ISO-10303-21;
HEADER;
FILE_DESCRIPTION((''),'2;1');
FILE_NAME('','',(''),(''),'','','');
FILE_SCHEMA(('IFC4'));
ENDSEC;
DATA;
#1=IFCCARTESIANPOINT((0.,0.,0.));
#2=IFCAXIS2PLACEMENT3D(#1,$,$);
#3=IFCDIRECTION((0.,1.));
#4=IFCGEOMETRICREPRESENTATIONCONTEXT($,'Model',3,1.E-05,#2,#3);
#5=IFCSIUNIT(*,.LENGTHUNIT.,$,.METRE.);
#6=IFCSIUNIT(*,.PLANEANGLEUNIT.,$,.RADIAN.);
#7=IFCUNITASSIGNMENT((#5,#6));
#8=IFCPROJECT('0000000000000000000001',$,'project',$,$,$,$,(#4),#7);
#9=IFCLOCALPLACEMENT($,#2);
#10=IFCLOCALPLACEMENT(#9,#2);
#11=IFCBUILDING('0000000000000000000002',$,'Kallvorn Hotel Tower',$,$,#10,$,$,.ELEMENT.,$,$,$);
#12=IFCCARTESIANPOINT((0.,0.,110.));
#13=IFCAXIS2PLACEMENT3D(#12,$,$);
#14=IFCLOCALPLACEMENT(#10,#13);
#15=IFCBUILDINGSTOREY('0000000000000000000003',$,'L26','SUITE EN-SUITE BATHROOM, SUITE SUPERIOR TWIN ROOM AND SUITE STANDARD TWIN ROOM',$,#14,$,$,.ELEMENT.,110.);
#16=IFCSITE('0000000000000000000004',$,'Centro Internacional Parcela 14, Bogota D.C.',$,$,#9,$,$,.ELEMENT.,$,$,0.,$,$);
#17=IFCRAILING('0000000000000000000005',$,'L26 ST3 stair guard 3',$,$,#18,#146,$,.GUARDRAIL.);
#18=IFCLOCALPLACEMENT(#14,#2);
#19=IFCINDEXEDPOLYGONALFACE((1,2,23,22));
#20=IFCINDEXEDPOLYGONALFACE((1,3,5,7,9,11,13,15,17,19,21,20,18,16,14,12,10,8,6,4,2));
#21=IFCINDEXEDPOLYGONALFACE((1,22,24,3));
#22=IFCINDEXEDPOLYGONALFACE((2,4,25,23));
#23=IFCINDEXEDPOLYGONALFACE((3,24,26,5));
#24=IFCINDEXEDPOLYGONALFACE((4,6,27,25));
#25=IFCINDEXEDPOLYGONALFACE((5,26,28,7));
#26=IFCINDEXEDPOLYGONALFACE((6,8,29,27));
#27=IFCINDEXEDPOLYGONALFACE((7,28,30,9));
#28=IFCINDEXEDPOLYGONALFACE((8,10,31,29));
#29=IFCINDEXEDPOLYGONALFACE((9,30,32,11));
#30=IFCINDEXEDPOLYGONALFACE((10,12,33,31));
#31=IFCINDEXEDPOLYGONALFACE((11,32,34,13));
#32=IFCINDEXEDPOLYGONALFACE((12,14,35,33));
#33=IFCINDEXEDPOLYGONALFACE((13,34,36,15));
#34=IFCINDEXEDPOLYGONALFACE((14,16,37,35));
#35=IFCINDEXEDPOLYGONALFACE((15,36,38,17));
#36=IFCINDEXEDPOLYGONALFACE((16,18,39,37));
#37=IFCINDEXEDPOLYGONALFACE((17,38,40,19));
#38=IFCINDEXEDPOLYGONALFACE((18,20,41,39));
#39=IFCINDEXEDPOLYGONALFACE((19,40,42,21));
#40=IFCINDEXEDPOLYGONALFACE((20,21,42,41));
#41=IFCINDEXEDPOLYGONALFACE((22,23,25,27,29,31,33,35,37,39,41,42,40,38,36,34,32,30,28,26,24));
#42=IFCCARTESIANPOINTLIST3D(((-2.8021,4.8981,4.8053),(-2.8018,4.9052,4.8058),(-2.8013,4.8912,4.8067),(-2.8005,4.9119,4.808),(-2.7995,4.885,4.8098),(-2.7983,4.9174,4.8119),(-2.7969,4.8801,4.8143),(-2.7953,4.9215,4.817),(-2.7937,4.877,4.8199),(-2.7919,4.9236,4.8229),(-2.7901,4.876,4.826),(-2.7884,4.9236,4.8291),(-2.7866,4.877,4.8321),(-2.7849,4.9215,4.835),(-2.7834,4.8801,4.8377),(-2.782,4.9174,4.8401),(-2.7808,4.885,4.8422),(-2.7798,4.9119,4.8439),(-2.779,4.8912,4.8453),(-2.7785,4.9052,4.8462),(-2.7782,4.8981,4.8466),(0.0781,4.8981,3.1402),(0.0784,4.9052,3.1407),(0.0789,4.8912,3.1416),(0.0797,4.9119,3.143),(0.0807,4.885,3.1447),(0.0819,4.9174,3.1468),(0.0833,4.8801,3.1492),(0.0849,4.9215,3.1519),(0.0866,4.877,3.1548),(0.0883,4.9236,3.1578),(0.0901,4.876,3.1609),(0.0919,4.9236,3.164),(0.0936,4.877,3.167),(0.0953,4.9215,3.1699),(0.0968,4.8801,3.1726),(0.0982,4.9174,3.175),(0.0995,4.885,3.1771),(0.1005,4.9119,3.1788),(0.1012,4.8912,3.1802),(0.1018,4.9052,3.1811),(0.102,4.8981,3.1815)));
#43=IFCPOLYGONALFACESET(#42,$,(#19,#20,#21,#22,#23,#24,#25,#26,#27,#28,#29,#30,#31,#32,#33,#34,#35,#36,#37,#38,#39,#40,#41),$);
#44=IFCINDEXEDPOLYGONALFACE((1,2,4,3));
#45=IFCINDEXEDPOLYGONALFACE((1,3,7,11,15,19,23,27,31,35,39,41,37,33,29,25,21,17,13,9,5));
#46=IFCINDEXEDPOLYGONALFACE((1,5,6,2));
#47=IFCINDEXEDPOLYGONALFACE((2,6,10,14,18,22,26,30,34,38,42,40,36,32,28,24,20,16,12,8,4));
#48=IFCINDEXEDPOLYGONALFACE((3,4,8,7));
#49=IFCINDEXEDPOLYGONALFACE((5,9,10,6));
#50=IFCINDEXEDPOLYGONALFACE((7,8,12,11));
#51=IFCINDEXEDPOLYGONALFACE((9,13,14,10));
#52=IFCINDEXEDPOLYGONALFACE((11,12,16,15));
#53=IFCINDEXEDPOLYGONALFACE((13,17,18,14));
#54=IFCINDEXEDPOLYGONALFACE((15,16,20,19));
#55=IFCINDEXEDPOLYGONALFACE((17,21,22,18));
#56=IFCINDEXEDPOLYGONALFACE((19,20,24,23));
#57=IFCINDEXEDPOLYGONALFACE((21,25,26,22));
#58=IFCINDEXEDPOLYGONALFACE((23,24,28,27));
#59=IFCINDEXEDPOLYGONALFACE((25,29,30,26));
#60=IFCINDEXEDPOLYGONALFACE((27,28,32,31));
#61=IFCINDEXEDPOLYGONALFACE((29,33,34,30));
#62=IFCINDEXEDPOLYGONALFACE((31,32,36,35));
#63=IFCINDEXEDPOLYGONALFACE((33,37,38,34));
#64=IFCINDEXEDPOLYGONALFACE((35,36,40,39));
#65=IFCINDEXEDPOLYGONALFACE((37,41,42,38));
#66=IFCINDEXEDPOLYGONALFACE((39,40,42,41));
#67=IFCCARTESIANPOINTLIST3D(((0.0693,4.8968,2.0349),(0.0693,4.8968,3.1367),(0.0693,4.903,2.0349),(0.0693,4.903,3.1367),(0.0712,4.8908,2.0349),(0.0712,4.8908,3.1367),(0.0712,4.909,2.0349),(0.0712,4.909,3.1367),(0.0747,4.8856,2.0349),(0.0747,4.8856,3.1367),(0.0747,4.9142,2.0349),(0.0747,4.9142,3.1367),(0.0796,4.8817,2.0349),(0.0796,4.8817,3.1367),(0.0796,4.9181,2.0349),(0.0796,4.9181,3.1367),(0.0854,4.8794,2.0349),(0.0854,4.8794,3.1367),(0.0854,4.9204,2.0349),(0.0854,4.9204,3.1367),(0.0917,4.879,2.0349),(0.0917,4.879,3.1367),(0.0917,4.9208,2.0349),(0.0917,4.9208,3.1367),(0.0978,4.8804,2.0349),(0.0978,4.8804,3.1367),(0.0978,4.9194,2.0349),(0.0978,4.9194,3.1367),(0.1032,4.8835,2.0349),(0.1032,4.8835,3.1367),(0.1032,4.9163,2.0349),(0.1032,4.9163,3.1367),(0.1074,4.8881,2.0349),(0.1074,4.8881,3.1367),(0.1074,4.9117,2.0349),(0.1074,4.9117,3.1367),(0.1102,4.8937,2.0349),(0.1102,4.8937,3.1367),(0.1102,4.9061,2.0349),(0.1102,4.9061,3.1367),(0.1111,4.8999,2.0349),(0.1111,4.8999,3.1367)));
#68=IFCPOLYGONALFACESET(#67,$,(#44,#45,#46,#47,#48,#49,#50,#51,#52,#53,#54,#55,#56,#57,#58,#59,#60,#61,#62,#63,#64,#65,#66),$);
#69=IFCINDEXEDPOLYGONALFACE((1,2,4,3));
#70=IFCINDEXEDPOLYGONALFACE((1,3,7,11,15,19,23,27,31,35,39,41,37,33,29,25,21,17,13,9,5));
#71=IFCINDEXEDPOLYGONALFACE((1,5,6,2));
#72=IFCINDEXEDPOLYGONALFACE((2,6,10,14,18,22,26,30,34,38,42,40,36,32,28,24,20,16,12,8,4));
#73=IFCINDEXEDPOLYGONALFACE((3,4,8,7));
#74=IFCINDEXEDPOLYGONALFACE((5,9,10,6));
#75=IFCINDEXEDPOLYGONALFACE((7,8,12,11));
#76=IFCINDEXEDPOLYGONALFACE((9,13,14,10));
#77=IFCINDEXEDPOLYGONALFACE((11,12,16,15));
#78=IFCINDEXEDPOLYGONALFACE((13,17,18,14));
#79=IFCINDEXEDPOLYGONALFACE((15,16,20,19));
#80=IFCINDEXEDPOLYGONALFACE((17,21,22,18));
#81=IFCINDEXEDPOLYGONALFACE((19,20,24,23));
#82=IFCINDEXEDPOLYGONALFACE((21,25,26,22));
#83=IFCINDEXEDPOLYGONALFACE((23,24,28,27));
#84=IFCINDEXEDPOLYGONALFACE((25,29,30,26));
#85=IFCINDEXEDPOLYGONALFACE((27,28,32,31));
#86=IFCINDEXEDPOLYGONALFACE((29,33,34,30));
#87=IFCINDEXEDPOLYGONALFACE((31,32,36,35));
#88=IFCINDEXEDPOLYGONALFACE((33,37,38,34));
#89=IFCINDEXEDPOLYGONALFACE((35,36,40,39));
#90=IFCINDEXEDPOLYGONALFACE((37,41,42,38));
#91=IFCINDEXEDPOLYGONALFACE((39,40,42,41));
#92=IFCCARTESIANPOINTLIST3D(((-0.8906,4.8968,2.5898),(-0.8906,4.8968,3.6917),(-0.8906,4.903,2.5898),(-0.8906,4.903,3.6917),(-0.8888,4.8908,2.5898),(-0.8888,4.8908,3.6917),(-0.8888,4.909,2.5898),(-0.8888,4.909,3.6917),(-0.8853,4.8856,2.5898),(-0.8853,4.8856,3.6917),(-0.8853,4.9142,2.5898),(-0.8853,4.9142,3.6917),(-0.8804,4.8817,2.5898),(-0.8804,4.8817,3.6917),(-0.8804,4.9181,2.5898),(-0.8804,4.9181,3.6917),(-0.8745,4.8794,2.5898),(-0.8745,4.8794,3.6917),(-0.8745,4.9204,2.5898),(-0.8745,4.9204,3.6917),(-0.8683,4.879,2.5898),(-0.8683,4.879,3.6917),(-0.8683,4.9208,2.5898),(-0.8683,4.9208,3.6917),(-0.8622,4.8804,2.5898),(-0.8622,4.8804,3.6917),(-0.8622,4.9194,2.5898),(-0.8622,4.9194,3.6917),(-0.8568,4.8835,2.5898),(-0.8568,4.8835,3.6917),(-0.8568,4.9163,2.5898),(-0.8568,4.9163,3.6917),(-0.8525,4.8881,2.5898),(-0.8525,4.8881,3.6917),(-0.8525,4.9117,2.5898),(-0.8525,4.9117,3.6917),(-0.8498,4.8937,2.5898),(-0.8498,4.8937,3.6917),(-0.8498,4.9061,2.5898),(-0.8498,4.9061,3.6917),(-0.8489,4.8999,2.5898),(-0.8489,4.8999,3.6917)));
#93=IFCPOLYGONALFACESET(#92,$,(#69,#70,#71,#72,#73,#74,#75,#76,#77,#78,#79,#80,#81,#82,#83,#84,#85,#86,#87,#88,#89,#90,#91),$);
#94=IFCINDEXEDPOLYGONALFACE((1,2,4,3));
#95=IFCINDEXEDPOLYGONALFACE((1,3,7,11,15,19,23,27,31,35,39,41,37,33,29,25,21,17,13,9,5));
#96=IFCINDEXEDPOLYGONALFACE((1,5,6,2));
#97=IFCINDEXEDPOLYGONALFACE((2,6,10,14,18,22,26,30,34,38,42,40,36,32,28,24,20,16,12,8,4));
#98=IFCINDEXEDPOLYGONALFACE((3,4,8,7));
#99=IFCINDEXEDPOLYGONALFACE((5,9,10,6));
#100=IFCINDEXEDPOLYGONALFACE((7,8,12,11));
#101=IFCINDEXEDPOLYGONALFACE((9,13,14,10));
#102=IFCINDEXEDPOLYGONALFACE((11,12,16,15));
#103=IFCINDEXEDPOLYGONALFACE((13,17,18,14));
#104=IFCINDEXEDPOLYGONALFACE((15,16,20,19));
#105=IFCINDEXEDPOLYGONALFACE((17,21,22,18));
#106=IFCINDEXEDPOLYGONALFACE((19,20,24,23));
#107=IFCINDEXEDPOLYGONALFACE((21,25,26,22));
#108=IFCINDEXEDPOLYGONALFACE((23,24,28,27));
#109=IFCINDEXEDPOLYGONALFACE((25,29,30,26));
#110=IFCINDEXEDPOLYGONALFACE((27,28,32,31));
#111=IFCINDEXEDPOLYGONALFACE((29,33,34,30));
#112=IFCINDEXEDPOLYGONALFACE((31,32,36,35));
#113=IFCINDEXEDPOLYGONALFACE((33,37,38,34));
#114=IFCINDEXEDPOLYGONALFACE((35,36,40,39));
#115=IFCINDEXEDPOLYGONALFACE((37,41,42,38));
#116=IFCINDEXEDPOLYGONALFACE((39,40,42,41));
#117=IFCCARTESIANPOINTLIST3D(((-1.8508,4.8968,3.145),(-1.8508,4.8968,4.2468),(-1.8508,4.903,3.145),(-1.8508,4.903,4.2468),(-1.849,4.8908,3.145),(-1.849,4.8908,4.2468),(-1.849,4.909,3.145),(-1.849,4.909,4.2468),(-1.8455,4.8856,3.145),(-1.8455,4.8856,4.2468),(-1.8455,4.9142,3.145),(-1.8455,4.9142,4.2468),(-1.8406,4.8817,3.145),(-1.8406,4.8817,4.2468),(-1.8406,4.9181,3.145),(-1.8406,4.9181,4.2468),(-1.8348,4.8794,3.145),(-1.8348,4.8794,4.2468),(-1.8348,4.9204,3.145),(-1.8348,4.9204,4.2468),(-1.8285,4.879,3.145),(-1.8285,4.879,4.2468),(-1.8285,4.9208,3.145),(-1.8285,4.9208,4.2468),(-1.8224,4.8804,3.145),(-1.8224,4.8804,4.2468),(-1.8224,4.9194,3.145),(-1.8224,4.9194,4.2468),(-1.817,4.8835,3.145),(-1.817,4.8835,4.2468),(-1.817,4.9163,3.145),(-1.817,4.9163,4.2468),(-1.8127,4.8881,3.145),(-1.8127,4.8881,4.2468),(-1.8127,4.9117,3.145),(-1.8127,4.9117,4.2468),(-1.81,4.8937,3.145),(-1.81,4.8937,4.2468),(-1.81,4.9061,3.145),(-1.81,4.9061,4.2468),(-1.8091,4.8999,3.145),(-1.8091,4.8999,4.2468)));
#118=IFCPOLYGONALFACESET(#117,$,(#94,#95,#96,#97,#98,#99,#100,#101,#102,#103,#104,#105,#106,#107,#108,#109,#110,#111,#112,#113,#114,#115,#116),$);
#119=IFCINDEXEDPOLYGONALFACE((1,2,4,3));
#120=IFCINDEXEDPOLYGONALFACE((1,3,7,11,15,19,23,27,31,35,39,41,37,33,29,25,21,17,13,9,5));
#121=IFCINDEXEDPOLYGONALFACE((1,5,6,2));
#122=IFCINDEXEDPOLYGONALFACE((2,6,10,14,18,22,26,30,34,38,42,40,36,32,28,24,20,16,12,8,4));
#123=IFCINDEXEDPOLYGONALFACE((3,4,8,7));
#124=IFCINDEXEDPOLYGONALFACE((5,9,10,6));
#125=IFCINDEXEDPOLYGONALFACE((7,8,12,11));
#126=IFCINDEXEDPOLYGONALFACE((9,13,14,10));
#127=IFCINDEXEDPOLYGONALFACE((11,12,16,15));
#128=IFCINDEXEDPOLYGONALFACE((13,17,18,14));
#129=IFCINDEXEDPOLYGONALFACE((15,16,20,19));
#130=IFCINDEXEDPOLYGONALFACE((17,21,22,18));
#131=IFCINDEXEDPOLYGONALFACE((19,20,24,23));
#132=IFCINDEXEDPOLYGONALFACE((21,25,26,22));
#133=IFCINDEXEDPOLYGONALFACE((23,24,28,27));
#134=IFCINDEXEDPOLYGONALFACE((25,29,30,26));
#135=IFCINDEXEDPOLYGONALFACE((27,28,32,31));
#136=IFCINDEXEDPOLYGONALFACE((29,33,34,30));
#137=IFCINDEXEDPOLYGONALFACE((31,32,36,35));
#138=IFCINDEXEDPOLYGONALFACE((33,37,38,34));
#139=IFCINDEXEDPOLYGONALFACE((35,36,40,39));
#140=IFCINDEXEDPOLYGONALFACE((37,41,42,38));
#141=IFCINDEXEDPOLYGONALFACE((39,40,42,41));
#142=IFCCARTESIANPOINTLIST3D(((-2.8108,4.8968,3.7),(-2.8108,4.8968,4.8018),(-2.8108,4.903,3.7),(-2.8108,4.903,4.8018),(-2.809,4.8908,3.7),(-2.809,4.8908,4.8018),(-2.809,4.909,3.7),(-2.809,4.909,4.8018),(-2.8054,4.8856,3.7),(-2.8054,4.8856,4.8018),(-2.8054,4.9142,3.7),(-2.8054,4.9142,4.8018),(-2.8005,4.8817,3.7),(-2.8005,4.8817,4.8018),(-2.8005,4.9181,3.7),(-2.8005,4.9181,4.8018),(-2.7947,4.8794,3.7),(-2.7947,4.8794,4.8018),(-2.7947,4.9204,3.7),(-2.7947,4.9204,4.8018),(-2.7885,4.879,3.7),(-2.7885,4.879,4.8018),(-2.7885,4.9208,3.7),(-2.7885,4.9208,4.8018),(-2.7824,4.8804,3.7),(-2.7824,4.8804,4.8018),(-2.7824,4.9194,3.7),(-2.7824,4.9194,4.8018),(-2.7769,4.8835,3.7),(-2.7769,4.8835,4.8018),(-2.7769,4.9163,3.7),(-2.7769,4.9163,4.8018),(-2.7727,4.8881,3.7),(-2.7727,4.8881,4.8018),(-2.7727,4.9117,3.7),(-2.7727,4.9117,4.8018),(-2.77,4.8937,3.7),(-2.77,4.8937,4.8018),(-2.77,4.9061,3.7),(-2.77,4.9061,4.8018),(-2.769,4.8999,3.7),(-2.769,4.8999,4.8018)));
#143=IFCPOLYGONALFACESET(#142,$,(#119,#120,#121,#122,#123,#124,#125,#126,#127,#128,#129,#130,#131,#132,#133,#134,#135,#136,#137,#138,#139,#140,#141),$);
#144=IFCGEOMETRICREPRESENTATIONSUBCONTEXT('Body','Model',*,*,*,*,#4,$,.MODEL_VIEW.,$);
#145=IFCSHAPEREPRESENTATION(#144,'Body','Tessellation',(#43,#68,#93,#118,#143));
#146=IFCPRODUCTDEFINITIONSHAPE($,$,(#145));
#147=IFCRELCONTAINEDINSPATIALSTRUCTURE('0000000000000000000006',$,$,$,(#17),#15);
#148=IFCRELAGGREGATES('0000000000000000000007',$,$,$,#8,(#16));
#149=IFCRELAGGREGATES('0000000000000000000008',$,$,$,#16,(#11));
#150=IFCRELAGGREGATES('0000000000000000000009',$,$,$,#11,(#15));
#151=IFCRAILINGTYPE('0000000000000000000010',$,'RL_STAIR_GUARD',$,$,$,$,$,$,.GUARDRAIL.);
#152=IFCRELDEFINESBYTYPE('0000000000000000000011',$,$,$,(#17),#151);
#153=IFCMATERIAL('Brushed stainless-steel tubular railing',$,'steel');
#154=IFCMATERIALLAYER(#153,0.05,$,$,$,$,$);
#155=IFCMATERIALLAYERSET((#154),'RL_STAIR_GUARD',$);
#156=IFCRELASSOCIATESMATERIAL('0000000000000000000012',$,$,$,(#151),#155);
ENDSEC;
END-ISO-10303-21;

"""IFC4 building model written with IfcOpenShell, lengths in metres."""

from ifc_helpers import new_model, si_unit, direction, frame, origin, origin_2d, place, context, subcontext, project, spatial, circle, extrude, material, layer, layer_set, type_object, element, save


model = new_model("IFC4")

# Units and contexts
model_context = context("Model", 3, precision=1e-05, world=origin(), true_north=direction((0.0, 1.0)))
body_context = subcontext(model_context, "Body", "Model", "MODEL_VIEW")
ifc_project = project(units=[si_unit("LENGTHUNIT", "METRE"), si_unit("PLANEANGLEUNIT", "RADIAN")], contexts=[model_context])

# Site, building, storey
site_placement = place(None, origin())
site = spatial("IfcSite", under=ifc_project, at=site_placement, Name="Centro Internacional Parcela 14, Bogota D.C.", CompositionType="ELEMENT", RefElevation=0.0)
building_placement = place(site_placement, origin())
building = spatial("IfcBuilding", under=site, at=building_placement, Name="Kallvorn Hotel Tower", CompositionType="ELEMENT")
storey_placement = place(building_placement, frame((0.0, 0.0, 110.0)))
storey = spatial("IfcBuildingStorey", under=building, at=storey_placement, Name="L26", Description="SUITE EN-SUITE BATHROOM, SUITE SUPERIOR TWIN ROOM AND SUITE STANDARD TWIN ROOM", CompositionType="ELEMENT", Elevation=110.0)

# Railing
ifc_material_1 = material(Name="Brushed stainless-steel tubular railing", Category="steel")
ifc_layer_1 = layer(ifc_material_1, 0.05)
ifc_layer_set_1 = layer_set([ifc_layer_1], Name="RL_STAIR_GUARD")
railing_type_1 = type_object("IfcRailingType", Name="RL_STAIR_GUARD", PredefinedType="GUARDRAIL", material=ifc_layer_set_1)
railing_1_placement = place(storey_placement, frame((0.0901, 4.8999, 2.0349)))
element("IfcRailing", 1, at=railing_1_placement, inside=storey, type_object=railing_type_1, Name="L26 ST3 stair guard 3", PredefinedType="GUARDRAIL", context=body_context, shape_type="SweptSolid", body=[
    extrude(circle(Radius=0.0239, at=origin_2d()), frame((0.0, 0.0, 1.126), z_axis=(-0.865739, 0.0, 0.500495), x_axis=(0.0, -1.0, 0.0)), (0.0, 0.0, 1.0), 3.3269),
    extrude(circle(Radius=0.021, at=origin_2d()), origin(), (0.0, 0.0, 1.0), 1.1018),
    extrude(circle(Radius=0.021, at=origin_2d()), frame((-0.96, 0.0, 0.5549)), (0.0, 0.0, 1.0), 1.1018),
    extrude(circle(Radius=0.021, at=origin_2d()), frame((-1.9202, 0.0, 1.1101)), (0.0, 0.0, 1.0), 1.1018),
    extrude(circle(Radius=0.021, at=origin_2d()), frame((-2.8801, 0.0, 1.665)), (0.0, 0.0, 1.0), 1.1018),
])

save(model, "model.ifc")
